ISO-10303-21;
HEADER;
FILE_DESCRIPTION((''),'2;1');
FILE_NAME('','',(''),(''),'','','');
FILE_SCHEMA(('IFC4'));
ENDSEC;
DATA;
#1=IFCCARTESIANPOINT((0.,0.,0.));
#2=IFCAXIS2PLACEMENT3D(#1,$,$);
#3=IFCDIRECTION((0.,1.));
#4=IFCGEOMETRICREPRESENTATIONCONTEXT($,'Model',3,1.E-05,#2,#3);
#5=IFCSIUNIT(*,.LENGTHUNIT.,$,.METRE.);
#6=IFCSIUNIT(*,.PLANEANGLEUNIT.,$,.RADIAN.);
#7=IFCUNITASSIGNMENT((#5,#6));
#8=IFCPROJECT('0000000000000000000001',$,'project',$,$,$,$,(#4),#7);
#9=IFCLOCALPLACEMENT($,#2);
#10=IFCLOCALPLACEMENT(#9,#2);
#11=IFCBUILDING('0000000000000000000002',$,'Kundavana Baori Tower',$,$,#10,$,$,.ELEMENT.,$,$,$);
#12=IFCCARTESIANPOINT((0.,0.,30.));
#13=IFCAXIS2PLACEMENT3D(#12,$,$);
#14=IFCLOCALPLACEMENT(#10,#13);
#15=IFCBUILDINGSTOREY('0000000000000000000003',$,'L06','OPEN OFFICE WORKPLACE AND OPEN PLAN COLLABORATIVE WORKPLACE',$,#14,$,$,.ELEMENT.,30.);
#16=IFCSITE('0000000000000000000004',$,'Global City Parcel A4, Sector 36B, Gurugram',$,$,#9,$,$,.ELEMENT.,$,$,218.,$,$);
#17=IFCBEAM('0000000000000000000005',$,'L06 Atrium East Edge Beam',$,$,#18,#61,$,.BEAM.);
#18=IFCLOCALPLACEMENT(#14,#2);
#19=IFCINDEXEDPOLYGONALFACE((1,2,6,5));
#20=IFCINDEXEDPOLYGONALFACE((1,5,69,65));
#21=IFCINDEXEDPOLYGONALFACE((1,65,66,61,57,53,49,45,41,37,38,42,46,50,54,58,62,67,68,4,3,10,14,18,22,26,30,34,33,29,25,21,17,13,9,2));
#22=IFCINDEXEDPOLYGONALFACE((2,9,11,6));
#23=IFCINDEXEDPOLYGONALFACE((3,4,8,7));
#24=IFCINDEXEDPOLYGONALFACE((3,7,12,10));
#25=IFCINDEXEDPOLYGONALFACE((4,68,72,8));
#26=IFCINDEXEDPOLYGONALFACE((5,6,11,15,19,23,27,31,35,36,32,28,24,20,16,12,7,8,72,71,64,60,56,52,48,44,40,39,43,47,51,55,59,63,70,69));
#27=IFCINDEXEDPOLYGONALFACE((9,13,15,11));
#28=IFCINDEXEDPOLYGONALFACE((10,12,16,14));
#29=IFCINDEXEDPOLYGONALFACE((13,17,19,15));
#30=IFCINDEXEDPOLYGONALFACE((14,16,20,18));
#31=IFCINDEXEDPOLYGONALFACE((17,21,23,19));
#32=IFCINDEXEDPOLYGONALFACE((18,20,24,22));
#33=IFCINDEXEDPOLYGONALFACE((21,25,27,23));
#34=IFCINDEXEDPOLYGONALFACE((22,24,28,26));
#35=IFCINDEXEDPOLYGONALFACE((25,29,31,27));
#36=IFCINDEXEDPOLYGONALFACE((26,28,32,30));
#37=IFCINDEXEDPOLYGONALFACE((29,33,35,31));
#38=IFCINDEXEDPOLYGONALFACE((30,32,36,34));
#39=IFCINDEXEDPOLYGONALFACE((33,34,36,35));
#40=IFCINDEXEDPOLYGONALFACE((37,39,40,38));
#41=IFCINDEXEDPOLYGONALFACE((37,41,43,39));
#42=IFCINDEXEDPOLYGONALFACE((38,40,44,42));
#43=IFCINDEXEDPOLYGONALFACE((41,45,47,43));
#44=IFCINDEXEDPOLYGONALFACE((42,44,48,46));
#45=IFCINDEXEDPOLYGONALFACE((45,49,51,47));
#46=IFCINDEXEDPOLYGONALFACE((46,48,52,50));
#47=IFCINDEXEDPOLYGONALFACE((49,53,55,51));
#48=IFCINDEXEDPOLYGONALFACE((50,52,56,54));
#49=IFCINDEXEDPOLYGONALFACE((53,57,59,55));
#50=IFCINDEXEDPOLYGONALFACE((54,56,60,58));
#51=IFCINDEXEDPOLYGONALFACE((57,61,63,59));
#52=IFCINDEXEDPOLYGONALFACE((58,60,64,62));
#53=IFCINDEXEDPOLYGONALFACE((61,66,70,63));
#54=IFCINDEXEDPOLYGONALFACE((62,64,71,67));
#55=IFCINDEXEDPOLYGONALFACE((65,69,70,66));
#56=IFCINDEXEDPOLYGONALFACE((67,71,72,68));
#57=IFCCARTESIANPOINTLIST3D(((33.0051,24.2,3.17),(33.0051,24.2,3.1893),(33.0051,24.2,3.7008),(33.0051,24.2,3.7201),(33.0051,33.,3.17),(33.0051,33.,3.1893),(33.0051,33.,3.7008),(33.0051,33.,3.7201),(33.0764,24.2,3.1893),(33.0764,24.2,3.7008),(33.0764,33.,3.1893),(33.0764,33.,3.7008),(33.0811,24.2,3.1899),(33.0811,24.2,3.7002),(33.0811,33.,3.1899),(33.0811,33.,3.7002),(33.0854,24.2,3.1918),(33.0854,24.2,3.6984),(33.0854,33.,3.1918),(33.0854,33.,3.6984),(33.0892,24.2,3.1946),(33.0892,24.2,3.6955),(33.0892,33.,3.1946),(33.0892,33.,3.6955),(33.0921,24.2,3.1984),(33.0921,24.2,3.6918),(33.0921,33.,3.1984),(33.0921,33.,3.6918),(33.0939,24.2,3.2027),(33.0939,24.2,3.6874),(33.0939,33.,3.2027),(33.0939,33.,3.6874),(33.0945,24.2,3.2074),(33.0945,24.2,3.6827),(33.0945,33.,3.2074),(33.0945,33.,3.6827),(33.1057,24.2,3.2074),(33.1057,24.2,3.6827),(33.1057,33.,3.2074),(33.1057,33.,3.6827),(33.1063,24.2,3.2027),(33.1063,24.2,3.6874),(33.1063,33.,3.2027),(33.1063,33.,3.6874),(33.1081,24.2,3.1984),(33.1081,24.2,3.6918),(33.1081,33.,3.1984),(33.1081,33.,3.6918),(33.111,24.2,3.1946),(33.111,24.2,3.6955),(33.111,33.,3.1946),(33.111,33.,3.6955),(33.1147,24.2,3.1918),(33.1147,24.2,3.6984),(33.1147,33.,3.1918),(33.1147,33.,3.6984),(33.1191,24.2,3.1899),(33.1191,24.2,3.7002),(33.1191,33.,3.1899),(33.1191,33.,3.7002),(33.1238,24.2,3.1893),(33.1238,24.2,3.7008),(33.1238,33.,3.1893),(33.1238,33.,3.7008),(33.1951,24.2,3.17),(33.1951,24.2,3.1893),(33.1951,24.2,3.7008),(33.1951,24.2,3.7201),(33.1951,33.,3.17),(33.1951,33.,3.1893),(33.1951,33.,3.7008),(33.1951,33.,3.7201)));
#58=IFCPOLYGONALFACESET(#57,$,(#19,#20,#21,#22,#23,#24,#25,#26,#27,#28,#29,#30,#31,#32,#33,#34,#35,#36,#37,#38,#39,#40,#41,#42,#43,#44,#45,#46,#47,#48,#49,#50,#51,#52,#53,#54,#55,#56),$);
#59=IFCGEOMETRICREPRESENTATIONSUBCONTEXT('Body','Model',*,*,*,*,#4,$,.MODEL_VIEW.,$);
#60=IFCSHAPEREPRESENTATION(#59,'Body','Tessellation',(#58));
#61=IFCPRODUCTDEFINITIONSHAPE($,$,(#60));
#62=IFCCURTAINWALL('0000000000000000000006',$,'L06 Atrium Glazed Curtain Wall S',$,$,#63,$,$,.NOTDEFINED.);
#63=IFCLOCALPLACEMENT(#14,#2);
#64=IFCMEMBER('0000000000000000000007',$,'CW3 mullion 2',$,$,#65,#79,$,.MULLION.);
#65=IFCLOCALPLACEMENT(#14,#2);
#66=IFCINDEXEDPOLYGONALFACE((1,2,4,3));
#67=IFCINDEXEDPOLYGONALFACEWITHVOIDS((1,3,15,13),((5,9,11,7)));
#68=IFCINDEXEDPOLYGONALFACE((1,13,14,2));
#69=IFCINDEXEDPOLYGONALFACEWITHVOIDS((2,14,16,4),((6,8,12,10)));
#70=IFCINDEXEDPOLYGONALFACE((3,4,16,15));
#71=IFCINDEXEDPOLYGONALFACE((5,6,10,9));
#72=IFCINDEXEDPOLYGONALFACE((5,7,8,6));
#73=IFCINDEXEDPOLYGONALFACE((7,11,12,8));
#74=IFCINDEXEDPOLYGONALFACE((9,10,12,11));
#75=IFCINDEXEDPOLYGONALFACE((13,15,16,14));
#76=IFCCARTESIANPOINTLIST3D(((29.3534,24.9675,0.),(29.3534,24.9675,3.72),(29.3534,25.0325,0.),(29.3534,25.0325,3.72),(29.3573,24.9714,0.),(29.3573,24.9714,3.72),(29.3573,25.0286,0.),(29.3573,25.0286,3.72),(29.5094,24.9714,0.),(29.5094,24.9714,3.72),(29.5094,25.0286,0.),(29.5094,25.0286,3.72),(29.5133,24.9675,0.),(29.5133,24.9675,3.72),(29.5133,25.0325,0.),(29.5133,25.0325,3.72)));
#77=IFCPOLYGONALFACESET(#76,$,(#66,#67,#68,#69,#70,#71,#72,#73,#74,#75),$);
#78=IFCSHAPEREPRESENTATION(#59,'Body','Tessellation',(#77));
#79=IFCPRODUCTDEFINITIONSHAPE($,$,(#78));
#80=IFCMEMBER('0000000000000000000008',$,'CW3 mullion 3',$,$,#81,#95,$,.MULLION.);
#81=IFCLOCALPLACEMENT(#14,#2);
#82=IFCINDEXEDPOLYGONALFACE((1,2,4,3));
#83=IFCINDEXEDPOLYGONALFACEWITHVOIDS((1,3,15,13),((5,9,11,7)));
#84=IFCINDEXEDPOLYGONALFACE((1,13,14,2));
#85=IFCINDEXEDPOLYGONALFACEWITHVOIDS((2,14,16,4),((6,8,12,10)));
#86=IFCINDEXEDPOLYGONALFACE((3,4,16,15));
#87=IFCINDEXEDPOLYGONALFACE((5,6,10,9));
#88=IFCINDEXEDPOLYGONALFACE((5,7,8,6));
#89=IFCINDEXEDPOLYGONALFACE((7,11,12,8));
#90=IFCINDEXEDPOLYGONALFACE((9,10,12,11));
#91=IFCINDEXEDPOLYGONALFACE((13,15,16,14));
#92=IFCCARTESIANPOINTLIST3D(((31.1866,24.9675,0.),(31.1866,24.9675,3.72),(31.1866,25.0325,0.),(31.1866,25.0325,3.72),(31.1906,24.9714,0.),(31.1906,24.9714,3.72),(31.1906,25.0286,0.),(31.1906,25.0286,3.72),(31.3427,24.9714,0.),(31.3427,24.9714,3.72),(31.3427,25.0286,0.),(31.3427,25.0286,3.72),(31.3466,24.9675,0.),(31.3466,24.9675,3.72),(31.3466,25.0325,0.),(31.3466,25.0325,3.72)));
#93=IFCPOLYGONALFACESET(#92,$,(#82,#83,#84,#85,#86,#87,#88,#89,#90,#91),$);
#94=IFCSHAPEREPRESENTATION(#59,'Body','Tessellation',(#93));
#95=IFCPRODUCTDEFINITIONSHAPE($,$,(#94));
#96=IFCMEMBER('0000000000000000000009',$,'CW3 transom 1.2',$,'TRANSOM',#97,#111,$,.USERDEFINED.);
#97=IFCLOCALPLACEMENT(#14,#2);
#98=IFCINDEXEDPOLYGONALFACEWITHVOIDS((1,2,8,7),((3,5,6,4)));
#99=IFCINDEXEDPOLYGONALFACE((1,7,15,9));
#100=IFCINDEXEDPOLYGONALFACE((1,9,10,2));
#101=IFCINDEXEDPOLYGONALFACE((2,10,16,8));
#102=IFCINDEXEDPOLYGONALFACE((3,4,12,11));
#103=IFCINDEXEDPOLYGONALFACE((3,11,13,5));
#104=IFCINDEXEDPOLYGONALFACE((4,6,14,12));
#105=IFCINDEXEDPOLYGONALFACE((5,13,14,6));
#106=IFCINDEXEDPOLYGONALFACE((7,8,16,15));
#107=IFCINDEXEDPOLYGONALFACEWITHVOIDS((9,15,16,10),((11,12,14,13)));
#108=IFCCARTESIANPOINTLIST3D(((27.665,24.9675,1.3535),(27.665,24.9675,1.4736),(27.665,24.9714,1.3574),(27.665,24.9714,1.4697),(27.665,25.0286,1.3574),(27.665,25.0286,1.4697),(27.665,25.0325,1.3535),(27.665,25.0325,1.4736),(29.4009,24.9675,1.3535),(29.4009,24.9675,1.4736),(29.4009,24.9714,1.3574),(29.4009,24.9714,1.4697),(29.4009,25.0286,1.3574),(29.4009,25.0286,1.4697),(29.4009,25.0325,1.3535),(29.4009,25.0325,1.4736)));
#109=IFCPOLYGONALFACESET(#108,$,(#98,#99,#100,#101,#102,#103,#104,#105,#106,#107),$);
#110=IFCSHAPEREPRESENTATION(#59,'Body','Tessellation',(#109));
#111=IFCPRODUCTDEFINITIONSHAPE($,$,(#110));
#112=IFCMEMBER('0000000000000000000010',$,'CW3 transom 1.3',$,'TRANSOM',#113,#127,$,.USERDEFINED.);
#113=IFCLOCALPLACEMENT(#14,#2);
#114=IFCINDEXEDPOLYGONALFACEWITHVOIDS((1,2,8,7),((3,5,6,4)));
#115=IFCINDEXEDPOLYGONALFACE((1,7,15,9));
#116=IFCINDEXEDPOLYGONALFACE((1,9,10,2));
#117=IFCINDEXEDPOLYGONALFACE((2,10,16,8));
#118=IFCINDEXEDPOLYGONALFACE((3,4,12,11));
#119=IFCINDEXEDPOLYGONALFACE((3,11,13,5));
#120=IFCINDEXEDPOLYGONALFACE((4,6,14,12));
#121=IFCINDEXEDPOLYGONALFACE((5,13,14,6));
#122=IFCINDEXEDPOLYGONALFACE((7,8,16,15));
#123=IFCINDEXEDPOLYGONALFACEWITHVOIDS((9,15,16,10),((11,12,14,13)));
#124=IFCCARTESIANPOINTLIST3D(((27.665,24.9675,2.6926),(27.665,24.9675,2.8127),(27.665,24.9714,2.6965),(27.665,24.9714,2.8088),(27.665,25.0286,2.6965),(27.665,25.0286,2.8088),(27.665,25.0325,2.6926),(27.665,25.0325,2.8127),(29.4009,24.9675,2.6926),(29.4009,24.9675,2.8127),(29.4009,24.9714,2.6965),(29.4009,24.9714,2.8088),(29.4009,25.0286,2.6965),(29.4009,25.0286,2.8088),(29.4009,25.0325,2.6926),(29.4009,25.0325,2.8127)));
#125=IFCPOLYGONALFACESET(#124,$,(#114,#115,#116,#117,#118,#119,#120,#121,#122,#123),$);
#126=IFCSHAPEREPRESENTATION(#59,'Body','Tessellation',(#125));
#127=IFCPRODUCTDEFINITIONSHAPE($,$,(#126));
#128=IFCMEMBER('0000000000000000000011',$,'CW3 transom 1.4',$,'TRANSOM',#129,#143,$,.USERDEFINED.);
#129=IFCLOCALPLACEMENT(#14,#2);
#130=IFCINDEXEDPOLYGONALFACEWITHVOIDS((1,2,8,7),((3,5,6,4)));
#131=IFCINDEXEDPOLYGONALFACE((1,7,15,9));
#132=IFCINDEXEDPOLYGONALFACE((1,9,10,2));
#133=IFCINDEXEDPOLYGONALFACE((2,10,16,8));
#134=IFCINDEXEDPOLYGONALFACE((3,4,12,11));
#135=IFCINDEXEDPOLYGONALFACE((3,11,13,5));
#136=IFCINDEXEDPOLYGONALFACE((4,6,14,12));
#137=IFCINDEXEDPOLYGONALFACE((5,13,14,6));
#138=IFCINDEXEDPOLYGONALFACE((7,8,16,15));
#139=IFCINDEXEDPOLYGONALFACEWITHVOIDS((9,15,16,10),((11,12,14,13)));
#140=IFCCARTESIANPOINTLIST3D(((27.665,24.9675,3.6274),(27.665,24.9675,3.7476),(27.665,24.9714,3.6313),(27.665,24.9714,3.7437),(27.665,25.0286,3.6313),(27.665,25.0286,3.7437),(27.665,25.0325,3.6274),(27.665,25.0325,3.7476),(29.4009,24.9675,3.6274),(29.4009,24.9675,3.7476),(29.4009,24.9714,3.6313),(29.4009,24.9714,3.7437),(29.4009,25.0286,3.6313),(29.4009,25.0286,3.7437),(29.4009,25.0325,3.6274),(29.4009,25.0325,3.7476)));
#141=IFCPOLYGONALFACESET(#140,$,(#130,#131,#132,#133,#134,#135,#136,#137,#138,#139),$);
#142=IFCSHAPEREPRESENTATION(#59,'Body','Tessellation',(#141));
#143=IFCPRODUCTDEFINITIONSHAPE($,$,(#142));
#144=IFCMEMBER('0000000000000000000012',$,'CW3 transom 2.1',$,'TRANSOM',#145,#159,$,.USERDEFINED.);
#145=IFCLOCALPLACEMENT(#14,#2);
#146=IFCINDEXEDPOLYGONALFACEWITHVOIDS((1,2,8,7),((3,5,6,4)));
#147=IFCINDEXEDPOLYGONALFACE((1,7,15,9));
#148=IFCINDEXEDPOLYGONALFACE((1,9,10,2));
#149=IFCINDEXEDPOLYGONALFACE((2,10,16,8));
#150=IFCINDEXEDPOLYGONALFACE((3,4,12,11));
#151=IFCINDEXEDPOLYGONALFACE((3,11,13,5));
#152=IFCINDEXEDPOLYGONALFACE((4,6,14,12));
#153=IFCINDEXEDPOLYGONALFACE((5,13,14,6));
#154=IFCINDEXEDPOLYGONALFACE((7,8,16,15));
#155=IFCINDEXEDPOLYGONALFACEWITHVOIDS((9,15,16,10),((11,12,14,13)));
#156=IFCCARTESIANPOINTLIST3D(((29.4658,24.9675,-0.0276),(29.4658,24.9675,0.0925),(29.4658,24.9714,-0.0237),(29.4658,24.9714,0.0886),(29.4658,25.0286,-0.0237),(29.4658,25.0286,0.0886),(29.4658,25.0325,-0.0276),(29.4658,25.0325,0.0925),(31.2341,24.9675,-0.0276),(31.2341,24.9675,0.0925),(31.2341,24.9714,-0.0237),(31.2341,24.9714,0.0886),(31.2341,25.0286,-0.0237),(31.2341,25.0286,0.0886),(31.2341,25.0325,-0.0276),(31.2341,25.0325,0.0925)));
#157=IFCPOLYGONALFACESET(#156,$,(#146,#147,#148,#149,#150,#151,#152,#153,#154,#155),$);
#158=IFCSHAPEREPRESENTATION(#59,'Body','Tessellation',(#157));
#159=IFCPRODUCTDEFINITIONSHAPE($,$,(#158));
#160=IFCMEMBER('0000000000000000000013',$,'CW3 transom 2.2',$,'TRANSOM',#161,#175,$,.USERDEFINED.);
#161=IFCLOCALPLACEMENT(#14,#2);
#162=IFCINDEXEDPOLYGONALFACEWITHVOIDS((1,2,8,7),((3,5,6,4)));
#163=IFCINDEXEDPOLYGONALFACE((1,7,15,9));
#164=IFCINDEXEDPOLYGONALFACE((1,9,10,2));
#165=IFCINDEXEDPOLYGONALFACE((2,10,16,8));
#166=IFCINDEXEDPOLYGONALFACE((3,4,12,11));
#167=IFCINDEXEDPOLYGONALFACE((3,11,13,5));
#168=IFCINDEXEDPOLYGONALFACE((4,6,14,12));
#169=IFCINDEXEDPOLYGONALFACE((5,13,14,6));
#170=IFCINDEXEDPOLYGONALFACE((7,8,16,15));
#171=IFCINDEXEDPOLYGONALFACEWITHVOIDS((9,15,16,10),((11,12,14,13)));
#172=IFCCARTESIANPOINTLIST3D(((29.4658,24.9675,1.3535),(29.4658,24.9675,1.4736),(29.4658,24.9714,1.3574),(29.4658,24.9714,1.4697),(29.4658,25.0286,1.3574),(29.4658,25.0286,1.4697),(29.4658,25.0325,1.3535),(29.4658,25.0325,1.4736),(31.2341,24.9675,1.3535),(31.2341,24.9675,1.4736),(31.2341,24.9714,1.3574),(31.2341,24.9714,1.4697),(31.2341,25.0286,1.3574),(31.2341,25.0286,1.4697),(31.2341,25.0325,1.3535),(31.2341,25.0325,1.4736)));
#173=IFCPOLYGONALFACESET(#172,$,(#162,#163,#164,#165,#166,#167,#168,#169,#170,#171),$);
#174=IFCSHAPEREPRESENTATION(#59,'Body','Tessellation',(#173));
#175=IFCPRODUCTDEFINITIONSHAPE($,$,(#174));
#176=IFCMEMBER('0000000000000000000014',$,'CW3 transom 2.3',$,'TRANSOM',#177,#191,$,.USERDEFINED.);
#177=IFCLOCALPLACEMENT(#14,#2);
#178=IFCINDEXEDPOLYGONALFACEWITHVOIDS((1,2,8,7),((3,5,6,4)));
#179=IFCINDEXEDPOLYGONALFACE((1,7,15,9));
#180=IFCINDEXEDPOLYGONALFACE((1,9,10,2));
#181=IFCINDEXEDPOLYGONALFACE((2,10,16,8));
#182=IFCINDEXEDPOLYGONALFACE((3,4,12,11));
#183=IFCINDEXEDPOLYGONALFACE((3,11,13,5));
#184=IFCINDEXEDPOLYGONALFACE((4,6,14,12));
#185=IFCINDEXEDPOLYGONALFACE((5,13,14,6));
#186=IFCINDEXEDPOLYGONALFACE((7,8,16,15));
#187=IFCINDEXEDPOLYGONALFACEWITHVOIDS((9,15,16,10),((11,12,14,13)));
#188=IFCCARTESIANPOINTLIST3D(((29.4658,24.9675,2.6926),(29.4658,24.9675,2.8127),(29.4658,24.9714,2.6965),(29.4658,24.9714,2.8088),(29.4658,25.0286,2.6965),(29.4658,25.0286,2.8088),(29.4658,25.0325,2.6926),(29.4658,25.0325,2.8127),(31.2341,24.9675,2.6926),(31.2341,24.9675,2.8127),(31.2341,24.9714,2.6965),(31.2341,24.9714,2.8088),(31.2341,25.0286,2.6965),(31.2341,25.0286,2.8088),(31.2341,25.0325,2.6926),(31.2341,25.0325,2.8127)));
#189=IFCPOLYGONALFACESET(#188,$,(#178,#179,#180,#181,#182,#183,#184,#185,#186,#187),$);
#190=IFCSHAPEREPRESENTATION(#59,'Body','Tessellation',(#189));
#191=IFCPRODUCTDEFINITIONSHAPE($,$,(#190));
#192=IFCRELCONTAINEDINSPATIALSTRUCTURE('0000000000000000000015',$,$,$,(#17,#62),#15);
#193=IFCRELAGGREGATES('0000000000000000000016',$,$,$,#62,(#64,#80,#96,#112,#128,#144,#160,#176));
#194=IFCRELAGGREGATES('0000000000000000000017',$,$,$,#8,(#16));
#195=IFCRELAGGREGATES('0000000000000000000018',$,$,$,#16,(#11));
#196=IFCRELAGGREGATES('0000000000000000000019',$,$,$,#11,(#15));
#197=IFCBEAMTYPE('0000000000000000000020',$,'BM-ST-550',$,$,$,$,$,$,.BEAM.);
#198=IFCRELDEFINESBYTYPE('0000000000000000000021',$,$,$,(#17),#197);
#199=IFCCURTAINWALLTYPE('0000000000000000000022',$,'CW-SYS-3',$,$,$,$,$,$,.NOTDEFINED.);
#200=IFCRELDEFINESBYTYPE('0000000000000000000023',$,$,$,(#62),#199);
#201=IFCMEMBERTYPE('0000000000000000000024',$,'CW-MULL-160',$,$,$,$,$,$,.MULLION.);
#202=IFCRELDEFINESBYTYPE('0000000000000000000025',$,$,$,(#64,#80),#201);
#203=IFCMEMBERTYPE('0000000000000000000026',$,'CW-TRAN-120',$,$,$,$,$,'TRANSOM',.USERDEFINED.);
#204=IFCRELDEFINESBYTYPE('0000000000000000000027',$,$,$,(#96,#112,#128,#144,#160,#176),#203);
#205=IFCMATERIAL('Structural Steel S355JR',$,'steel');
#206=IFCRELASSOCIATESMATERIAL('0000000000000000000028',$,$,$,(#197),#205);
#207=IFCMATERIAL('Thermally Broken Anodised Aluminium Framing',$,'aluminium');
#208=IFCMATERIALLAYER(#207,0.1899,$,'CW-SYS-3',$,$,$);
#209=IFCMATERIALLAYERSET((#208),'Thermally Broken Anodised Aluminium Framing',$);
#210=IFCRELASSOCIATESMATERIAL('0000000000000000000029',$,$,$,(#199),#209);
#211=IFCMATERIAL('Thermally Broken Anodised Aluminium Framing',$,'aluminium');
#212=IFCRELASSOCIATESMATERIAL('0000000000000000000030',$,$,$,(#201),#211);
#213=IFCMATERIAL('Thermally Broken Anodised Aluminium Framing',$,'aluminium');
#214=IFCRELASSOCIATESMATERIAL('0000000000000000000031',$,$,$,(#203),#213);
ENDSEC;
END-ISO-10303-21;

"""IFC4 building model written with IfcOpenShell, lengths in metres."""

from ifc_helpers import new_model, si_unit, direction, frame, origin, origin_2d, place, context, subcontext, project, spatial, hollow_rectangle, i_section, extrude, material, layer, layer_set, material_profile, profile_set, type_object, element, aggregate, save


model = new_model("IFC4")

# Units and contexts
model_context = context("Model", 3, precision=1e-05, world=origin(), true_north=direction((0.0, 1.0)))
body_context = subcontext(model_context, "Body", "Model", "MODEL_VIEW")
ifc_project = project(units=[si_unit("LENGTHUNIT", "METRE"), si_unit("PLANEANGLEUNIT", "RADIAN")], contexts=[model_context])

# Site, building, storey
site_placement = place(None, origin())
site = spatial("IfcSite", under=ifc_project, at=site_placement, Name="Global City Parcel A4, Sector 36B, Gurugram", CompositionType="ELEMENT", RefElevation=218.0)
building_placement = place(site_placement, origin())
building = spatial("IfcBuilding", under=site, at=building_placement, Name="Kundavana Baori Tower", CompositionType="ELEMENT")
storey_placement = place(building_placement, frame((0.0, 0.0, 30.0)))
storey = spatial("IfcBuildingStorey", under=building, at=storey_placement, Name="L06", Description="OPEN OFFICE WORKPLACE AND OPEN PLAN COLLABORATIVE WORKPLACE", CompositionType="ELEMENT", Elevation=30.0)

# Beam
ifc_material_1 = material(Name="Structural Steel S355JR", Category="steel")
ifc_material_profile_1 = material_profile(ifc_material_1, i_section(OverallWidth=0.1899, OverallDepth=0.55, WebThickness=0.0112, FlangeThickness=0.0193, FilletRadius=0.0181, at=origin_2d()), Name="ISMB 550")
ifc_profile_set_1 = profile_set([ifc_material_profile_1], Name="Structural Steel S355JR")
beam_type = type_object("IfcBeamType", Name="BM-ST-550", PredefinedType="BEAM", material=ifc_profile_set_1)
beam_placement = place(storey_placement, frame((33.1001, 24.2, 3.4451), z_axis=(0.0, 1.0, 0.0), x_axis=(-1.0, 0.0, 0.0)))
element("IfcBeam", 1, at=beam_placement, inside=storey, type_object=beam_type, Name="L06 Atrium East Edge Beam", PredefinedType="BEAM", context=body_context, shape_type="SweptSolid", body=[
    extrude(i_section(OverallWidth=0.1899, OverallDepth=0.55, WebThickness=0.0112, FlangeThickness=0.0193, FilletRadius=0.0181, at=origin_2d()), origin(), (0.0, 0.0, 1.0), 8.8),
])

# Curtain wall, members
ifc_material_2 = material(Name="Thermally Broken Anodised Aluminium Framing", Category="aluminium")
ifc_layer_1 = layer(ifc_material_2, 0.1899, Name="CW-SYS-3")
ifc_layer_set_1 = layer_set([ifc_layer_1], Name="Thermally Broken Anodised Aluminium Framing")
curtain_wall_type = type_object("IfcCurtainWallType", Name="CW-SYS-3", PredefinedType="NOTDEFINED", material=ifc_layer_set_1)
curtain_wall_placement = place(storey_placement, origin())
curtain_wall = element("IfcCurtainWall", 2, at=curtain_wall_placement, inside=storey, type_object=curtain_wall_type, Name="L06 Atrium Glazed Curtain Wall S", PredefinedType="NOTDEFINED")
ifc_material_3 = material(Name="Thermally Broken Anodised Aluminium Framing", Category="aluminium")
ifc_material_profile_2 = material_profile(ifc_material_3, hollow_rectangle(XDim=0.0649, YDim=0.1599, WallThickness=0.0039, at=origin_2d()), Name="CW-MULL-160")
ifc_profile_set_2 = profile_set([ifc_material_profile_2], Name="Thermally Broken Anodised Aluminium Framing")
member_type_1 = type_object("IfcMemberType", Name="CW-MULL-160", PredefinedType="MULLION", material=ifc_profile_set_2)
member_1_placement = place(storey_placement, frame((29.4333, 25.0, 0.0), z_axis=(0.0, 0.0, 1.0), x_axis=(0.0, 1.0, 0.0)))
member_1 = element("IfcMember", 3, at=member_1_placement, type_object=member_type_1, Name="CW3 mullion 2", PredefinedType="MULLION", context=body_context, shape_type="SweptSolid", body=[
    extrude(hollow_rectangle(XDim=0.0649, YDim=0.1599, WallThickness=0.0039, at=origin_2d()), origin(), (0.0, 0.0, 1.0), 3.72),
])
member_2_placement = place(storey_placement, frame((31.2666, 25.0, 0.0), z_axis=(0.0, 0.0, 1.0), x_axis=(0.0, 1.0, 0.0)))
member_2 = element("IfcMember", 4, at=member_2_placement, type_object=member_type_1, Name="CW3 mullion 3", PredefinedType="MULLION", context=body_context, shape_type="SweptSolid", body=[
    extrude(hollow_rectangle(XDim=0.0649, YDim=0.1599, WallThickness=0.0039, at=origin_2d()), origin(), (0.0, 0.0, 1.0), 3.72),
])
ifc_material_4 = material(Name="Thermally Broken Anodised Aluminium Framing", Category="aluminium")
ifc_material_profile_3 = material_profile(ifc_material_4, hollow_rectangle(XDim=0.0649, YDim=0.1201, WallThickness=0.0039, at=origin_2d()), Name="CW-TRAN-120")
ifc_profile_set_3 = profile_set([ifc_material_profile_3], Name="Thermally Broken Anodised Aluminium Framing")
member_type_2 = type_object("IfcMemberType", Name="CW-TRAN-120", ElementType="TRANSOM", PredefinedType="USERDEFINED", material=ifc_profile_set_3)
member_3_placement = place(storey_placement, frame((27.665, 25.0, 1.4136), z_axis=(1.0, 0.0, 0.0), x_axis=(0.0, 1.0, 0.0)))
member_3 = element("IfcMember", 5, at=member_3_placement, type_object=member_type_2, Name="CW3 transom 1.2", ObjectType="TRANSOM", PredefinedType="USERDEFINED", context=body_context, shape_type="SweptSolid", body=[
    extrude(hollow_rectangle(XDim=0.0649, YDim=0.1201, WallThickness=0.0039, at=origin_2d()), origin(), (0.0, 0.0, 1.0), 1.7358),
])
member_4_placement = place(storey_placement, frame((27.665, 25.0, 2.7527), z_axis=(1.0, 0.0, 0.0), x_axis=(0.0, 1.0, 0.0)))
member_4 = element("IfcMember", 6, at=member_4_placement, type_object=member_type_2, Name="CW3 transom 1.3", ObjectType="TRANSOM", PredefinedType="USERDEFINED", context=body_context, shape_type="SweptSolid", body=[
    extrude(hollow_rectangle(XDim=0.0649, YDim=0.1201, WallThickness=0.0039, at=origin_2d()), origin(), (0.0, 0.0, 1.0), 1.7358),
])
member_5_placement = place(storey_placement, frame((27.665, 25.0, 3.6875), z_axis=(1.0, 0.0, 0.0), x_axis=(0.0, 1.0, 0.0)))
member_5 = element("IfcMember", 7, at=member_5_placement, type_object=member_type_2, Name="CW3 transom 1.4", ObjectType="TRANSOM", PredefinedType="USERDEFINED", context=body_context, shape_type="SweptSolid", body=[
    extrude(hollow_rectangle(XDim=0.0649, YDim=0.1201, WallThickness=0.0039, at=origin_2d()), origin(), (0.0, 0.0, 1.0), 1.7358),
])
member_6_placement = place(storey_placement, frame((29.4658, 25.0, 0.0325), z_axis=(1.0, 0.0, 0.0), x_axis=(0.0, 1.0, 0.0)))
member_6 = element("IfcMember", 8, at=member_6_placement, type_object=member_type_2, Name="CW3 transom 2.1", ObjectType="TRANSOM", PredefinedType="USERDEFINED", context=body_context, shape_type="SweptSolid", body=[
    extrude(hollow_rectangle(XDim=0.0649, YDim=0.1201, WallThickness=0.0039, at=origin_2d()), origin(), (0.0, 0.0, 1.0), 1.7683),
])
member_7_placement = place(storey_placement, frame((29.4658, 25.0, 1.4136), z_axis=(1.0, 0.0, 0.0), x_axis=(0.0, 1.0, 0.0)))
member_7 = element("IfcMember", 9, at=member_7_placement, type_object=member_type_2, Name="CW3 transom 2.2", ObjectType="TRANSOM", PredefinedType="USERDEFINED", context=body_context, shape_type="SweptSolid", body=[
    extrude(hollow_rectangle(XDim=0.0649, YDim=0.1201, WallThickness=0.0039, at=origin_2d()), origin(), (0.0, 0.0, 1.0), 1.7683),
])
member_8_placement = place(storey_placement, frame((29.4658, 25.0, 2.7527), z_axis=(1.0, 0.0, 0.0), x_axis=(0.0, 1.0, 0.0)))
member_8 = element("IfcMember", 10, at=member_8_placement, type_object=member_type_2, Name="CW3 transom 2.3", ObjectType="TRANSOM", PredefinedType="USERDEFINED", context=body_context, shape_type="SweptSolid", body=[
    extrude(hollow_rectangle(XDim=0.0649, YDim=0.1201, WallThickness=0.0039, at=origin_2d()), origin(), (0.0, 0.0, 1.0), 1.7683),
])
aggregate(curtain_wall, [member_1, member_2, member_3, member_4, member_5, member_6, member_7, member_8])

save(model, "model.ifc")
